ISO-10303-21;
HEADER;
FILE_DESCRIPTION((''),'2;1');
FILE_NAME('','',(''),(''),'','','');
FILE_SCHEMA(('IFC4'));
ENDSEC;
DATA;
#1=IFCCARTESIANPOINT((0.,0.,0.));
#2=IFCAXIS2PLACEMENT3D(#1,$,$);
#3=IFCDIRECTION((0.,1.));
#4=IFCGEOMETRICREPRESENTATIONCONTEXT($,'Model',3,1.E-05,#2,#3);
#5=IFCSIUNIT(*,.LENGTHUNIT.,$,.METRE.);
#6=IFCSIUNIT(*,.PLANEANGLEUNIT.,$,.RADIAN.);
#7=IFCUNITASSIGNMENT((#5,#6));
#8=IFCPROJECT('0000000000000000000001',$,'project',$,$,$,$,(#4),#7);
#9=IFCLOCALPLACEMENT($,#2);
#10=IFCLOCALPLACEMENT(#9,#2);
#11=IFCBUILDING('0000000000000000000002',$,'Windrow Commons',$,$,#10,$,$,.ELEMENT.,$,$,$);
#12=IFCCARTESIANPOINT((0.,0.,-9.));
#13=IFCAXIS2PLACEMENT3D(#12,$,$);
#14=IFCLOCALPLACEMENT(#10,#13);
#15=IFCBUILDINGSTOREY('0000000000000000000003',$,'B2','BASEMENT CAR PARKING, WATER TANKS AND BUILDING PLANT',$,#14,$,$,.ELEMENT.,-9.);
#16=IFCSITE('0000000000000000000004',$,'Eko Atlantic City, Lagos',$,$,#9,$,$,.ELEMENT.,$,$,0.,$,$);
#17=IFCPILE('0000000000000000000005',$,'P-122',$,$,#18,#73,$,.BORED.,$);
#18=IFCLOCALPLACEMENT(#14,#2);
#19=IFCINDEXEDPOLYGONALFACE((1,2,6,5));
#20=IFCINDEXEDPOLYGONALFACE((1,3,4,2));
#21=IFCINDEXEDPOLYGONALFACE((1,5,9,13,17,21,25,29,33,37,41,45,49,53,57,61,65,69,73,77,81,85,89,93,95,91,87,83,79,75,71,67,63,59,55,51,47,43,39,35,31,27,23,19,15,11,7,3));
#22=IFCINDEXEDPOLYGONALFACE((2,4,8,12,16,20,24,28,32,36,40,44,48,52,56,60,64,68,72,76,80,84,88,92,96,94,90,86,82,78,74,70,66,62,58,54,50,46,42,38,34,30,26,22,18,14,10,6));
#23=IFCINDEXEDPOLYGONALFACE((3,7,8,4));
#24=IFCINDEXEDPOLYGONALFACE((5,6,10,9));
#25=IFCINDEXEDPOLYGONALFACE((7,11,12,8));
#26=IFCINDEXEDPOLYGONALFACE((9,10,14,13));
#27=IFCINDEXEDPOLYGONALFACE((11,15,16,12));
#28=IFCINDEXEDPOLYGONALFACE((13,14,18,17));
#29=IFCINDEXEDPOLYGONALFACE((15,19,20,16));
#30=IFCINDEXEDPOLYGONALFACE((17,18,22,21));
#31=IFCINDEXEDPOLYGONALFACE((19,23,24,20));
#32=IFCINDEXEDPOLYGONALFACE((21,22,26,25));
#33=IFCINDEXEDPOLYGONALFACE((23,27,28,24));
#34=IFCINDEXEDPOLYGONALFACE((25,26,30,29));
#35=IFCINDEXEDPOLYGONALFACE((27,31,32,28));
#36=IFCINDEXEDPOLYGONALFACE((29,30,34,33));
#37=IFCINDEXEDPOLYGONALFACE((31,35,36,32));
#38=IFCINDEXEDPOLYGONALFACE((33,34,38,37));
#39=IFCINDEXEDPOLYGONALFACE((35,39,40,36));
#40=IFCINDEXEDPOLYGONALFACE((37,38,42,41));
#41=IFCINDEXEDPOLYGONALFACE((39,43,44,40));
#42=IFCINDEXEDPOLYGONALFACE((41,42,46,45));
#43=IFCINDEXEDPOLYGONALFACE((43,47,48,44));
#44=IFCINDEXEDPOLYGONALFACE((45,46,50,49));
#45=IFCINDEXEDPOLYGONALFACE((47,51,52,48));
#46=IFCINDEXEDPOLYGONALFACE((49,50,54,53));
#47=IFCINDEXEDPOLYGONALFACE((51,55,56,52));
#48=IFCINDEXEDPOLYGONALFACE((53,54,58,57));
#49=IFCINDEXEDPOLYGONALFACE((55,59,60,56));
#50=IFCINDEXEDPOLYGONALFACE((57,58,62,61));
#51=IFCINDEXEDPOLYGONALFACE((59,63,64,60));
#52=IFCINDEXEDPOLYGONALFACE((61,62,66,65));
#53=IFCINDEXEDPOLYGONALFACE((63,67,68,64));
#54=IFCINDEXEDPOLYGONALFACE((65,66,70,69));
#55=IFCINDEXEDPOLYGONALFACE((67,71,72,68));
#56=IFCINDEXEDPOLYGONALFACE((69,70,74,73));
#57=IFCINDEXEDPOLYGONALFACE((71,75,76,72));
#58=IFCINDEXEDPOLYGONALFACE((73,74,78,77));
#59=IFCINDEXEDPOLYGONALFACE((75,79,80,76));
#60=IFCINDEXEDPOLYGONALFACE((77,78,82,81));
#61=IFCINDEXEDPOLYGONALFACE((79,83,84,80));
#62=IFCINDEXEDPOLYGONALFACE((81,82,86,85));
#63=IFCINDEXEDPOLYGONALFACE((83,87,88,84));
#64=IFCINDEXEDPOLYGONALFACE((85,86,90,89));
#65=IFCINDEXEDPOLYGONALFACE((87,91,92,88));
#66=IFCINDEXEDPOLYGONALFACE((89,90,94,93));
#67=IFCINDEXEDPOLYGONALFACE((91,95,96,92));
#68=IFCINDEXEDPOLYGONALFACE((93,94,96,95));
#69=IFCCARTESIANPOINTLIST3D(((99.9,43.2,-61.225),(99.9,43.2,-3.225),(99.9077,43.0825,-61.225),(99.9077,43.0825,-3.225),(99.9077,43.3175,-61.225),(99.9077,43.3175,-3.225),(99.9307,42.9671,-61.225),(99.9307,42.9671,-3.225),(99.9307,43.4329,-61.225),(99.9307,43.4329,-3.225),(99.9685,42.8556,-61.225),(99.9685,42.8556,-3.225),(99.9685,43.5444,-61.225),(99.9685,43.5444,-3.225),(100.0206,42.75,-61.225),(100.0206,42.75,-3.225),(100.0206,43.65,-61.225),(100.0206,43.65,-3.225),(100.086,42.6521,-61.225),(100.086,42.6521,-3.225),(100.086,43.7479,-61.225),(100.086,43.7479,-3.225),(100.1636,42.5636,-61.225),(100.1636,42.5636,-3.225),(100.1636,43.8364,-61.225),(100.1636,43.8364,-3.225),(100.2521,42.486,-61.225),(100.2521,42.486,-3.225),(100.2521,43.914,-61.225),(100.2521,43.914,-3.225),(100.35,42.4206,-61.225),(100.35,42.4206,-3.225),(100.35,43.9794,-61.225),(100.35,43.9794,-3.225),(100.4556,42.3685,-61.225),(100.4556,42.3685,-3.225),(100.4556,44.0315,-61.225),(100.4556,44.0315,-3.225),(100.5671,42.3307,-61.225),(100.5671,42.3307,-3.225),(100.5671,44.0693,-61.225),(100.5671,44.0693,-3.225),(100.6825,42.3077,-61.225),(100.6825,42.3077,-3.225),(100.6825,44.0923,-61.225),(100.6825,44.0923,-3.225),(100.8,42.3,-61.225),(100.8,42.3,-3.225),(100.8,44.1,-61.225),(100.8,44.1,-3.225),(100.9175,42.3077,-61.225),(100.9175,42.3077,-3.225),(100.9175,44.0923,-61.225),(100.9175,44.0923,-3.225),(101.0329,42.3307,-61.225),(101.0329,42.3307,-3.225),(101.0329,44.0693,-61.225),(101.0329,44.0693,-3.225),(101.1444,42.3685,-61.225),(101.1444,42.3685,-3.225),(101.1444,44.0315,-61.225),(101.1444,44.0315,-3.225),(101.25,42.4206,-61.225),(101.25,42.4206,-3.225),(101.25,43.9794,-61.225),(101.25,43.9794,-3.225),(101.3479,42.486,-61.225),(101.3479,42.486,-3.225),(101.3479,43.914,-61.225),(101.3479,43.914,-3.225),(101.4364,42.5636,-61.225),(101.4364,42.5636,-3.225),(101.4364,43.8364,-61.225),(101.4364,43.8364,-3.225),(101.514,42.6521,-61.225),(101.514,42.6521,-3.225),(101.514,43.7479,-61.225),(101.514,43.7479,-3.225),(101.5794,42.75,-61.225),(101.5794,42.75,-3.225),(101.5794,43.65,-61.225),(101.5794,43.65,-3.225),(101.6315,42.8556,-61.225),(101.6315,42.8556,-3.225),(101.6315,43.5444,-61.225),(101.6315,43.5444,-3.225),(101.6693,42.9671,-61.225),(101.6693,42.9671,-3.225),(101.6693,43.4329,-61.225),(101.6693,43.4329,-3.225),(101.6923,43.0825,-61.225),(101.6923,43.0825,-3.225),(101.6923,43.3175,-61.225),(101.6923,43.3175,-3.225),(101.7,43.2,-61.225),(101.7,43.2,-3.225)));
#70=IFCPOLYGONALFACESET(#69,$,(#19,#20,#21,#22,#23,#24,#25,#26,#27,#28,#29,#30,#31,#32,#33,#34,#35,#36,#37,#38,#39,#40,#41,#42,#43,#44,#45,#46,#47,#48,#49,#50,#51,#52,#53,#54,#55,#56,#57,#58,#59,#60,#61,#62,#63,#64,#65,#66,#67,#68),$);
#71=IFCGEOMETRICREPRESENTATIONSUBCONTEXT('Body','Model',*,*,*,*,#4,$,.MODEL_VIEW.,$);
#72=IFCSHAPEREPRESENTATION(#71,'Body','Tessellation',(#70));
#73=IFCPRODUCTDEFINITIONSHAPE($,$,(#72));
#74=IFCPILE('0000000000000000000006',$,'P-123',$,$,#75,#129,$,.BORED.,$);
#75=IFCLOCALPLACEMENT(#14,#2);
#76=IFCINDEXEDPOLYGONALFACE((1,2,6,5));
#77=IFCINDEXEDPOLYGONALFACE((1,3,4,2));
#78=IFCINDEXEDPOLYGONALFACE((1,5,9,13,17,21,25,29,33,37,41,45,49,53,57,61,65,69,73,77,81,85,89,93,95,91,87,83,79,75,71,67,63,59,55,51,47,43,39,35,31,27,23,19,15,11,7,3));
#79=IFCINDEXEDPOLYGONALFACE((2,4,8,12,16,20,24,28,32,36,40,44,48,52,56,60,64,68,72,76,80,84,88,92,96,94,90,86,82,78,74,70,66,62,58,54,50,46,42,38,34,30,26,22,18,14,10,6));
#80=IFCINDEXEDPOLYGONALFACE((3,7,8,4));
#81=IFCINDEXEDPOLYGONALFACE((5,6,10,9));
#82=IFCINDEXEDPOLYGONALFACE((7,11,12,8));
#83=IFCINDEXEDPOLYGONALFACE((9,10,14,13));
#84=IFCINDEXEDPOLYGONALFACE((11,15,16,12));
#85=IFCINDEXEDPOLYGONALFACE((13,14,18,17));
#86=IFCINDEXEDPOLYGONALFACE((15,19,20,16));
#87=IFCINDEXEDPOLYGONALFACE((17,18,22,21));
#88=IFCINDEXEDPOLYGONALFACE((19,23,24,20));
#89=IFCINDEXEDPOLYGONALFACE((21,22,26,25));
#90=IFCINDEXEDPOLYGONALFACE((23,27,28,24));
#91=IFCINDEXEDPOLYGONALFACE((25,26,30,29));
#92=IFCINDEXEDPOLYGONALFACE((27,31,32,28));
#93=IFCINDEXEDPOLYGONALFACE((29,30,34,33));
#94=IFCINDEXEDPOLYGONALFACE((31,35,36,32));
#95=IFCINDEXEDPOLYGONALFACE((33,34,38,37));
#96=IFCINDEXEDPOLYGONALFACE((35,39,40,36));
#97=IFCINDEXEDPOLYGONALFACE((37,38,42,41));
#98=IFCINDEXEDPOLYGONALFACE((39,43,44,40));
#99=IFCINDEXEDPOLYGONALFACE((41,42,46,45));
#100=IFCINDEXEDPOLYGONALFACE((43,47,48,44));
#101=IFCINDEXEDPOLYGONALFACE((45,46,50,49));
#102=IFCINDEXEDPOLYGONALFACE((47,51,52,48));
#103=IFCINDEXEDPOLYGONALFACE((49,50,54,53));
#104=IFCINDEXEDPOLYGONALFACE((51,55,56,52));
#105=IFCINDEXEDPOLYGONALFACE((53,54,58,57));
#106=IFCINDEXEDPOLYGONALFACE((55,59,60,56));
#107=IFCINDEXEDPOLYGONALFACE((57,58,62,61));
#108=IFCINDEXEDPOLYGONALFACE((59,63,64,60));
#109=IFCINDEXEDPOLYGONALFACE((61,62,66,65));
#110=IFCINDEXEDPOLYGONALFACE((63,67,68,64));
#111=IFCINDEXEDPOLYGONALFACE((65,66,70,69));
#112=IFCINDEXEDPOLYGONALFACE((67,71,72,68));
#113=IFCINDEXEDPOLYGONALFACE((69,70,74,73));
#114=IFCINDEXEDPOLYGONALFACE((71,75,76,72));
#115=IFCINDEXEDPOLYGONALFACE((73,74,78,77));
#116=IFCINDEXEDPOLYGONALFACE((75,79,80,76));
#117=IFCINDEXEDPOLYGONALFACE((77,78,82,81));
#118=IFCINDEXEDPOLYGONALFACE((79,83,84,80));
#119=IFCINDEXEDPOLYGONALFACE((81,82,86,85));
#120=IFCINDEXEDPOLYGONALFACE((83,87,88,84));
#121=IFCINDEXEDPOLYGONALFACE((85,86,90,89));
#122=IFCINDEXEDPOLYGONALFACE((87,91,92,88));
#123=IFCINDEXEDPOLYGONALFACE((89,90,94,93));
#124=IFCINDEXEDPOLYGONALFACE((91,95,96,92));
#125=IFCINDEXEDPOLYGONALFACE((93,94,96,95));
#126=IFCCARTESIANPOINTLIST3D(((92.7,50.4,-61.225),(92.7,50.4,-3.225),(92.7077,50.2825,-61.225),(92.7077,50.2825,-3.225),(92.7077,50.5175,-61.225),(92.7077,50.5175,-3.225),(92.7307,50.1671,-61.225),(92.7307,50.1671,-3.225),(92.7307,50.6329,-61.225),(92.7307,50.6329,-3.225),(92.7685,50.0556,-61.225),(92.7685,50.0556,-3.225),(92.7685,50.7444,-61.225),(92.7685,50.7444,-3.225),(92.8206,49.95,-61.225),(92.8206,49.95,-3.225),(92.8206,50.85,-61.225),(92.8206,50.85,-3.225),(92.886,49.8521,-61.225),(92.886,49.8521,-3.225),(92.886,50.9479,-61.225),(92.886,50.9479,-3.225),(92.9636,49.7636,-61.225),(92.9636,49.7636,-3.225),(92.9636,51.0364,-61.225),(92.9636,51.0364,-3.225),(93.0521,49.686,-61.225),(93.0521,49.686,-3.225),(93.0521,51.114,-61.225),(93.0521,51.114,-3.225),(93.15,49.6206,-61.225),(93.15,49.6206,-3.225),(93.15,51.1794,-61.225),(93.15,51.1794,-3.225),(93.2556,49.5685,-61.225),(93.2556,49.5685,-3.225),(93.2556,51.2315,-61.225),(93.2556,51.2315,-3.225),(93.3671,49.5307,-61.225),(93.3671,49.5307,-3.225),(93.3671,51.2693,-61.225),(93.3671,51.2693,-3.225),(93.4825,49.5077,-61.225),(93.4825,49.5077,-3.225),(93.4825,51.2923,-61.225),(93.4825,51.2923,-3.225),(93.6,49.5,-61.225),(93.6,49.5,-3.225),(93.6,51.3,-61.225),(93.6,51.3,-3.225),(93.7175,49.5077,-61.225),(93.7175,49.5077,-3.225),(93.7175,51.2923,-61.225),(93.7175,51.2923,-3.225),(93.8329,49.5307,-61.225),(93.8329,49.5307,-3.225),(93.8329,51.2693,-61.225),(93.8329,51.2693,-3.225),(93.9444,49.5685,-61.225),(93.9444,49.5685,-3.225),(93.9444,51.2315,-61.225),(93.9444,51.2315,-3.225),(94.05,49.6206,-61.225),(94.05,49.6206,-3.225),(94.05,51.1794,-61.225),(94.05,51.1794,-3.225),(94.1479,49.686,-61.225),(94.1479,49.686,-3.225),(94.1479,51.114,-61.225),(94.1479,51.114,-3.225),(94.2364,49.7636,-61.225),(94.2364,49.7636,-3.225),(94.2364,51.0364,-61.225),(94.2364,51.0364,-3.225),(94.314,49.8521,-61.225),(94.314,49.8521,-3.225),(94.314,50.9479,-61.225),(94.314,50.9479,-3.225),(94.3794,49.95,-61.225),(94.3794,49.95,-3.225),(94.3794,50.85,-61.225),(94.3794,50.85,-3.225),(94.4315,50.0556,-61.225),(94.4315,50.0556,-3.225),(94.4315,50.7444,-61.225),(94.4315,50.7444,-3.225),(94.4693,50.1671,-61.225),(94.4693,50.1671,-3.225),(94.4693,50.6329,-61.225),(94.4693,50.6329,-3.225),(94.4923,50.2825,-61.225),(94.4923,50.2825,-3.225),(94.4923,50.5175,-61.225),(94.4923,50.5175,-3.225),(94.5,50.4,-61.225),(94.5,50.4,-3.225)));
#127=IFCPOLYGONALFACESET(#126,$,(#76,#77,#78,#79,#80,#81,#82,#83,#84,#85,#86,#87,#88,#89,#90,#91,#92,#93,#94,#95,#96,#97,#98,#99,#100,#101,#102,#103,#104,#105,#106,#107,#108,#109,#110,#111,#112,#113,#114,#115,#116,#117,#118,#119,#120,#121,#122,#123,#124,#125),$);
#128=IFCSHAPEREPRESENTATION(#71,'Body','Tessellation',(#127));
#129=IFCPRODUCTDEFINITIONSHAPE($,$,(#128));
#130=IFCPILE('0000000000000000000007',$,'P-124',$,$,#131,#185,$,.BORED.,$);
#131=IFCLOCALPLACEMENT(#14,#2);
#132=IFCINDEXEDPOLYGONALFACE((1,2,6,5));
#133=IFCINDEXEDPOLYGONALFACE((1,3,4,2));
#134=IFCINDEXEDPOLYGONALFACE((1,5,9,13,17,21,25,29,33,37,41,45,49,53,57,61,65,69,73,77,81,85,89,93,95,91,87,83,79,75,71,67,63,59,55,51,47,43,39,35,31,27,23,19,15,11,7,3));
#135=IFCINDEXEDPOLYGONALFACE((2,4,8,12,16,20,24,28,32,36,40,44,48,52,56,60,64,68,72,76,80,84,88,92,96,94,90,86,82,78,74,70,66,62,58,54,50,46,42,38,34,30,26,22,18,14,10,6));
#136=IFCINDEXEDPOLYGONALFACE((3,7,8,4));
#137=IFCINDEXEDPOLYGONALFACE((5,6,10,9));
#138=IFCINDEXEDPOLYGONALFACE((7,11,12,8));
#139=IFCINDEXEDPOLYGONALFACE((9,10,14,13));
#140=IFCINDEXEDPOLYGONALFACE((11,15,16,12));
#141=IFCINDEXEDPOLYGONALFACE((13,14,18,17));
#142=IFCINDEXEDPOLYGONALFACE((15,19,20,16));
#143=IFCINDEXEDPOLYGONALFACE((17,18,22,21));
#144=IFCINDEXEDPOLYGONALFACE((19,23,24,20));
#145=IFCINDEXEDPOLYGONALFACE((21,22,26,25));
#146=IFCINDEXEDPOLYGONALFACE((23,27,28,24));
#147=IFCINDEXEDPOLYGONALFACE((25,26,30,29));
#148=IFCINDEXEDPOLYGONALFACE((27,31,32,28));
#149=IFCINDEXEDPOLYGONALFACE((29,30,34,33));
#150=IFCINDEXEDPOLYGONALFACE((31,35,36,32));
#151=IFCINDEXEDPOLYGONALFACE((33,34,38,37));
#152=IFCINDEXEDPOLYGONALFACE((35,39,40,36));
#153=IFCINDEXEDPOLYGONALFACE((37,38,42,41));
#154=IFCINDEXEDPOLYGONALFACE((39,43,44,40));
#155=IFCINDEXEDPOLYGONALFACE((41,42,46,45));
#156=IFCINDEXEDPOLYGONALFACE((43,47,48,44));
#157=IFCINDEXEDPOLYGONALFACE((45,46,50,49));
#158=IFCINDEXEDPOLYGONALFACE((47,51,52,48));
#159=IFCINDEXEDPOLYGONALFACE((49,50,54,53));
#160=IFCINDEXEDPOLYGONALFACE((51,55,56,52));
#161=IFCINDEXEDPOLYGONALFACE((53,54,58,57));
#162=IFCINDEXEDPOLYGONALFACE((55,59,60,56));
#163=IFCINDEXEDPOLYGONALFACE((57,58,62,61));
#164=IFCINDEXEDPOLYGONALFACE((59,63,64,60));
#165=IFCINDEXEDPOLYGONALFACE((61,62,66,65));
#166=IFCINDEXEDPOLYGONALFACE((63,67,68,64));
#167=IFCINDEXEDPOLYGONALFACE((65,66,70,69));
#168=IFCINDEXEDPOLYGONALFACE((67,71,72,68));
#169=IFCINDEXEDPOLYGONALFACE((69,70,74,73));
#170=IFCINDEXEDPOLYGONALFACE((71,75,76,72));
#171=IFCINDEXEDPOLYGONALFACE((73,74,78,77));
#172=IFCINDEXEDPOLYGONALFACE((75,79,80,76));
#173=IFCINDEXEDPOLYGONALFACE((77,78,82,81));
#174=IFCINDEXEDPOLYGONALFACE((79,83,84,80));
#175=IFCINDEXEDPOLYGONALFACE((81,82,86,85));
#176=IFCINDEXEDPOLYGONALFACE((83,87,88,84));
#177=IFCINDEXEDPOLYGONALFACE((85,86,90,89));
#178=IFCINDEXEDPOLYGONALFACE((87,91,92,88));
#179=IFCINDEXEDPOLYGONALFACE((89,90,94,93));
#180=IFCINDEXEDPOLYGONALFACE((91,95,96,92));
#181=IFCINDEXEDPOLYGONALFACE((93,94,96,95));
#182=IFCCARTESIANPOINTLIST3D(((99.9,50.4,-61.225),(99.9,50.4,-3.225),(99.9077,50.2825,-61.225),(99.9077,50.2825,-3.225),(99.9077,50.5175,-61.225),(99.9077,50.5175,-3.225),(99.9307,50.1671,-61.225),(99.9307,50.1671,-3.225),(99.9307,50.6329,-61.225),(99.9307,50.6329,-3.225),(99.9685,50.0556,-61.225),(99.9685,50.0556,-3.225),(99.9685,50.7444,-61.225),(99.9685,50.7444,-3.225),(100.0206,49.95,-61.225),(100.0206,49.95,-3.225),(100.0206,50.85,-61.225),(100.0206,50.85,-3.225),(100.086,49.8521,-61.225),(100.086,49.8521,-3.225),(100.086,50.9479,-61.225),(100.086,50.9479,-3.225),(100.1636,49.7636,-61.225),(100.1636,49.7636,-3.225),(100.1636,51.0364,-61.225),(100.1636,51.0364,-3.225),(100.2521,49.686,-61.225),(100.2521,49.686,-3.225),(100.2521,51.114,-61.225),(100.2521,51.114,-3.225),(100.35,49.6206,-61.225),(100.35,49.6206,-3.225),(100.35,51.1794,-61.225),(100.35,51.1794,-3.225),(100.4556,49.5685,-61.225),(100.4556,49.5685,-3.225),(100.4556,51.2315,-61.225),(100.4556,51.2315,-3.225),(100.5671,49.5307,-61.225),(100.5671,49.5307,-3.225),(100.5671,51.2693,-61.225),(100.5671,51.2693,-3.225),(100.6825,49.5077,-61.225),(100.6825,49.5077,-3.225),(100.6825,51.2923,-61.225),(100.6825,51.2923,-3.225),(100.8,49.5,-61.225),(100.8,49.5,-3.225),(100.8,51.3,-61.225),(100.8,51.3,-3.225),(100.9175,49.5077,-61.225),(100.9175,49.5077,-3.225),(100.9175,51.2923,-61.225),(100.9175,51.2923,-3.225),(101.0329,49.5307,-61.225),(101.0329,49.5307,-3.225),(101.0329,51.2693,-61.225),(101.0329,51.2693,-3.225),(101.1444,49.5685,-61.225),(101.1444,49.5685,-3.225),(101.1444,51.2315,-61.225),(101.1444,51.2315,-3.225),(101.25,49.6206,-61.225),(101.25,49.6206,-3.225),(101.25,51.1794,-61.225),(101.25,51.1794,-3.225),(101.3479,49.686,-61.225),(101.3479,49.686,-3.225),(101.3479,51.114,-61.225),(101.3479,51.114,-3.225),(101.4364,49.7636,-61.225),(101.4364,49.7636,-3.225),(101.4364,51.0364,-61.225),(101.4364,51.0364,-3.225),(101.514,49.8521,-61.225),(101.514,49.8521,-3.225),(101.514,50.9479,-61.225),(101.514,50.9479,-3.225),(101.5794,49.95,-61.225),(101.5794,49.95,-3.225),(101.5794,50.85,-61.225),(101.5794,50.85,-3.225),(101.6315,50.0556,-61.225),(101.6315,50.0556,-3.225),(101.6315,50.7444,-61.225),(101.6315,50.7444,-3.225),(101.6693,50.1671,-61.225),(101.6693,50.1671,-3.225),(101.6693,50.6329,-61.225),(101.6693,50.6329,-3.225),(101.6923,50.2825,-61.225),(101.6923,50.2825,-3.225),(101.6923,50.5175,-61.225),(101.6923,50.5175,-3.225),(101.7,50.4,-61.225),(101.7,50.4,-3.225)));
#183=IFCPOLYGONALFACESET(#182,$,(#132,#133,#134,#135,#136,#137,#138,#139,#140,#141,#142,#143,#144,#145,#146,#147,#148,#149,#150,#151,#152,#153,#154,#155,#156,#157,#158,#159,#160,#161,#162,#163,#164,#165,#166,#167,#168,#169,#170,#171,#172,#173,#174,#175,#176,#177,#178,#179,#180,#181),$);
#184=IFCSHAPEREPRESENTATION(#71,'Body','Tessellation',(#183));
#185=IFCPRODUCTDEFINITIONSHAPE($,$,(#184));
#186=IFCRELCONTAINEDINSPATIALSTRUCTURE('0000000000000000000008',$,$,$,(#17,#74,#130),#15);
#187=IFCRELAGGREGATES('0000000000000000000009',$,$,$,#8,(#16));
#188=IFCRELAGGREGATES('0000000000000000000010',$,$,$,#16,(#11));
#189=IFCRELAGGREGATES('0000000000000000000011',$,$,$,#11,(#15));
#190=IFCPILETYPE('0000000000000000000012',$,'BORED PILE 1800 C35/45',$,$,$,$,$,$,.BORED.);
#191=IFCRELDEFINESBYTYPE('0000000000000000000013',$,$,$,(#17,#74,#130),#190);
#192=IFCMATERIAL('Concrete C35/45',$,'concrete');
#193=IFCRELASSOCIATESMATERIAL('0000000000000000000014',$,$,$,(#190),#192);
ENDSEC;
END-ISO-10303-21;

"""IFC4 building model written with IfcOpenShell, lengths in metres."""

from ifc_helpers import new_model, si_unit, direction, frame, origin, origin_2d, place, context, subcontext, project, spatial, circle, extrude, material, material_profile, profile_set, type_object, element, save


model = new_model("IFC4")

# Units and contexts
model_context = context("Model", 3, precision=1e-05, world=origin(), true_north=direction((0.0, 1.0)))
body_context = subcontext(model_context, "Body", "Model", "MODEL_VIEW")
ifc_project = project(units=[si_unit("LENGTHUNIT", "METRE"), si_unit("PLANEANGLEUNIT", "RADIAN")], contexts=[model_context])

# Site, building, storey
site_placement = place(None, origin())
site = spatial("IfcSite", under=ifc_project, at=site_placement, Name="Eko Atlantic City, Lagos", CompositionType="ELEMENT", RefElevation=0.0)
building_placement = place(site_placement, origin())
building = spatial("IfcBuilding", under=site, at=building_placement, Name="Windrow Commons", CompositionType="ELEMENT")
storey_placement = place(building_placement, frame((0.0, 0.0, -9.0)))
storey = spatial("IfcBuildingStorey", under=building, at=storey_placement, Name="B2", Description="BASEMENT CAR PARKING, WATER TANKS AND BUILDING PLANT", CompositionType="ELEMENT", Elevation=-9.0)

# Piles
ifc_material_1 = material(Name="Concrete C35/45", Category="concrete")
ifc_material_profile_1 = material_profile(ifc_material_1, circle(Radius=0.9, at=origin_2d()))
ifc_profile_set_1 = profile_set([ifc_material_profile_1], Name="Concrete C35/45")
pile_type = type_object("IfcPileType", Name="BORED PILE 1800 C35/45", PredefinedType="BORED", material=ifc_profile_set_1)
for number, where, z_axis, x_axis, name in (
    (1, (100.8, 43.2, -3.225), (0.0, 0.0, -1.0), (1.0, 0.0, 0.0), "P-122"),
    (2, (93.6, 50.4, -3.225), (0.0, 0.0, -1.0), (1.0, 0.0, 0.0), "P-123"),
    (3, (100.8, 50.4, -3.225), (0.0, 0.0, -1.0), (1.0, 0.0, 0.0), "P-124"),
):
    element("IfcPile", number, at=place(storey_placement, frame(where, z_axis=z_axis, x_axis=x_axis)), inside=storey, type_object=pile_type, Name=name, PredefinedType="BORED", context=body_context, shape_type="SweptSolid", body=[
        extrude(circle(Radius=0.9, at=origin_2d()), origin(), (0.0, 0.0, 1.0), 58.0),
    ])

save(model, "model.ifc")
